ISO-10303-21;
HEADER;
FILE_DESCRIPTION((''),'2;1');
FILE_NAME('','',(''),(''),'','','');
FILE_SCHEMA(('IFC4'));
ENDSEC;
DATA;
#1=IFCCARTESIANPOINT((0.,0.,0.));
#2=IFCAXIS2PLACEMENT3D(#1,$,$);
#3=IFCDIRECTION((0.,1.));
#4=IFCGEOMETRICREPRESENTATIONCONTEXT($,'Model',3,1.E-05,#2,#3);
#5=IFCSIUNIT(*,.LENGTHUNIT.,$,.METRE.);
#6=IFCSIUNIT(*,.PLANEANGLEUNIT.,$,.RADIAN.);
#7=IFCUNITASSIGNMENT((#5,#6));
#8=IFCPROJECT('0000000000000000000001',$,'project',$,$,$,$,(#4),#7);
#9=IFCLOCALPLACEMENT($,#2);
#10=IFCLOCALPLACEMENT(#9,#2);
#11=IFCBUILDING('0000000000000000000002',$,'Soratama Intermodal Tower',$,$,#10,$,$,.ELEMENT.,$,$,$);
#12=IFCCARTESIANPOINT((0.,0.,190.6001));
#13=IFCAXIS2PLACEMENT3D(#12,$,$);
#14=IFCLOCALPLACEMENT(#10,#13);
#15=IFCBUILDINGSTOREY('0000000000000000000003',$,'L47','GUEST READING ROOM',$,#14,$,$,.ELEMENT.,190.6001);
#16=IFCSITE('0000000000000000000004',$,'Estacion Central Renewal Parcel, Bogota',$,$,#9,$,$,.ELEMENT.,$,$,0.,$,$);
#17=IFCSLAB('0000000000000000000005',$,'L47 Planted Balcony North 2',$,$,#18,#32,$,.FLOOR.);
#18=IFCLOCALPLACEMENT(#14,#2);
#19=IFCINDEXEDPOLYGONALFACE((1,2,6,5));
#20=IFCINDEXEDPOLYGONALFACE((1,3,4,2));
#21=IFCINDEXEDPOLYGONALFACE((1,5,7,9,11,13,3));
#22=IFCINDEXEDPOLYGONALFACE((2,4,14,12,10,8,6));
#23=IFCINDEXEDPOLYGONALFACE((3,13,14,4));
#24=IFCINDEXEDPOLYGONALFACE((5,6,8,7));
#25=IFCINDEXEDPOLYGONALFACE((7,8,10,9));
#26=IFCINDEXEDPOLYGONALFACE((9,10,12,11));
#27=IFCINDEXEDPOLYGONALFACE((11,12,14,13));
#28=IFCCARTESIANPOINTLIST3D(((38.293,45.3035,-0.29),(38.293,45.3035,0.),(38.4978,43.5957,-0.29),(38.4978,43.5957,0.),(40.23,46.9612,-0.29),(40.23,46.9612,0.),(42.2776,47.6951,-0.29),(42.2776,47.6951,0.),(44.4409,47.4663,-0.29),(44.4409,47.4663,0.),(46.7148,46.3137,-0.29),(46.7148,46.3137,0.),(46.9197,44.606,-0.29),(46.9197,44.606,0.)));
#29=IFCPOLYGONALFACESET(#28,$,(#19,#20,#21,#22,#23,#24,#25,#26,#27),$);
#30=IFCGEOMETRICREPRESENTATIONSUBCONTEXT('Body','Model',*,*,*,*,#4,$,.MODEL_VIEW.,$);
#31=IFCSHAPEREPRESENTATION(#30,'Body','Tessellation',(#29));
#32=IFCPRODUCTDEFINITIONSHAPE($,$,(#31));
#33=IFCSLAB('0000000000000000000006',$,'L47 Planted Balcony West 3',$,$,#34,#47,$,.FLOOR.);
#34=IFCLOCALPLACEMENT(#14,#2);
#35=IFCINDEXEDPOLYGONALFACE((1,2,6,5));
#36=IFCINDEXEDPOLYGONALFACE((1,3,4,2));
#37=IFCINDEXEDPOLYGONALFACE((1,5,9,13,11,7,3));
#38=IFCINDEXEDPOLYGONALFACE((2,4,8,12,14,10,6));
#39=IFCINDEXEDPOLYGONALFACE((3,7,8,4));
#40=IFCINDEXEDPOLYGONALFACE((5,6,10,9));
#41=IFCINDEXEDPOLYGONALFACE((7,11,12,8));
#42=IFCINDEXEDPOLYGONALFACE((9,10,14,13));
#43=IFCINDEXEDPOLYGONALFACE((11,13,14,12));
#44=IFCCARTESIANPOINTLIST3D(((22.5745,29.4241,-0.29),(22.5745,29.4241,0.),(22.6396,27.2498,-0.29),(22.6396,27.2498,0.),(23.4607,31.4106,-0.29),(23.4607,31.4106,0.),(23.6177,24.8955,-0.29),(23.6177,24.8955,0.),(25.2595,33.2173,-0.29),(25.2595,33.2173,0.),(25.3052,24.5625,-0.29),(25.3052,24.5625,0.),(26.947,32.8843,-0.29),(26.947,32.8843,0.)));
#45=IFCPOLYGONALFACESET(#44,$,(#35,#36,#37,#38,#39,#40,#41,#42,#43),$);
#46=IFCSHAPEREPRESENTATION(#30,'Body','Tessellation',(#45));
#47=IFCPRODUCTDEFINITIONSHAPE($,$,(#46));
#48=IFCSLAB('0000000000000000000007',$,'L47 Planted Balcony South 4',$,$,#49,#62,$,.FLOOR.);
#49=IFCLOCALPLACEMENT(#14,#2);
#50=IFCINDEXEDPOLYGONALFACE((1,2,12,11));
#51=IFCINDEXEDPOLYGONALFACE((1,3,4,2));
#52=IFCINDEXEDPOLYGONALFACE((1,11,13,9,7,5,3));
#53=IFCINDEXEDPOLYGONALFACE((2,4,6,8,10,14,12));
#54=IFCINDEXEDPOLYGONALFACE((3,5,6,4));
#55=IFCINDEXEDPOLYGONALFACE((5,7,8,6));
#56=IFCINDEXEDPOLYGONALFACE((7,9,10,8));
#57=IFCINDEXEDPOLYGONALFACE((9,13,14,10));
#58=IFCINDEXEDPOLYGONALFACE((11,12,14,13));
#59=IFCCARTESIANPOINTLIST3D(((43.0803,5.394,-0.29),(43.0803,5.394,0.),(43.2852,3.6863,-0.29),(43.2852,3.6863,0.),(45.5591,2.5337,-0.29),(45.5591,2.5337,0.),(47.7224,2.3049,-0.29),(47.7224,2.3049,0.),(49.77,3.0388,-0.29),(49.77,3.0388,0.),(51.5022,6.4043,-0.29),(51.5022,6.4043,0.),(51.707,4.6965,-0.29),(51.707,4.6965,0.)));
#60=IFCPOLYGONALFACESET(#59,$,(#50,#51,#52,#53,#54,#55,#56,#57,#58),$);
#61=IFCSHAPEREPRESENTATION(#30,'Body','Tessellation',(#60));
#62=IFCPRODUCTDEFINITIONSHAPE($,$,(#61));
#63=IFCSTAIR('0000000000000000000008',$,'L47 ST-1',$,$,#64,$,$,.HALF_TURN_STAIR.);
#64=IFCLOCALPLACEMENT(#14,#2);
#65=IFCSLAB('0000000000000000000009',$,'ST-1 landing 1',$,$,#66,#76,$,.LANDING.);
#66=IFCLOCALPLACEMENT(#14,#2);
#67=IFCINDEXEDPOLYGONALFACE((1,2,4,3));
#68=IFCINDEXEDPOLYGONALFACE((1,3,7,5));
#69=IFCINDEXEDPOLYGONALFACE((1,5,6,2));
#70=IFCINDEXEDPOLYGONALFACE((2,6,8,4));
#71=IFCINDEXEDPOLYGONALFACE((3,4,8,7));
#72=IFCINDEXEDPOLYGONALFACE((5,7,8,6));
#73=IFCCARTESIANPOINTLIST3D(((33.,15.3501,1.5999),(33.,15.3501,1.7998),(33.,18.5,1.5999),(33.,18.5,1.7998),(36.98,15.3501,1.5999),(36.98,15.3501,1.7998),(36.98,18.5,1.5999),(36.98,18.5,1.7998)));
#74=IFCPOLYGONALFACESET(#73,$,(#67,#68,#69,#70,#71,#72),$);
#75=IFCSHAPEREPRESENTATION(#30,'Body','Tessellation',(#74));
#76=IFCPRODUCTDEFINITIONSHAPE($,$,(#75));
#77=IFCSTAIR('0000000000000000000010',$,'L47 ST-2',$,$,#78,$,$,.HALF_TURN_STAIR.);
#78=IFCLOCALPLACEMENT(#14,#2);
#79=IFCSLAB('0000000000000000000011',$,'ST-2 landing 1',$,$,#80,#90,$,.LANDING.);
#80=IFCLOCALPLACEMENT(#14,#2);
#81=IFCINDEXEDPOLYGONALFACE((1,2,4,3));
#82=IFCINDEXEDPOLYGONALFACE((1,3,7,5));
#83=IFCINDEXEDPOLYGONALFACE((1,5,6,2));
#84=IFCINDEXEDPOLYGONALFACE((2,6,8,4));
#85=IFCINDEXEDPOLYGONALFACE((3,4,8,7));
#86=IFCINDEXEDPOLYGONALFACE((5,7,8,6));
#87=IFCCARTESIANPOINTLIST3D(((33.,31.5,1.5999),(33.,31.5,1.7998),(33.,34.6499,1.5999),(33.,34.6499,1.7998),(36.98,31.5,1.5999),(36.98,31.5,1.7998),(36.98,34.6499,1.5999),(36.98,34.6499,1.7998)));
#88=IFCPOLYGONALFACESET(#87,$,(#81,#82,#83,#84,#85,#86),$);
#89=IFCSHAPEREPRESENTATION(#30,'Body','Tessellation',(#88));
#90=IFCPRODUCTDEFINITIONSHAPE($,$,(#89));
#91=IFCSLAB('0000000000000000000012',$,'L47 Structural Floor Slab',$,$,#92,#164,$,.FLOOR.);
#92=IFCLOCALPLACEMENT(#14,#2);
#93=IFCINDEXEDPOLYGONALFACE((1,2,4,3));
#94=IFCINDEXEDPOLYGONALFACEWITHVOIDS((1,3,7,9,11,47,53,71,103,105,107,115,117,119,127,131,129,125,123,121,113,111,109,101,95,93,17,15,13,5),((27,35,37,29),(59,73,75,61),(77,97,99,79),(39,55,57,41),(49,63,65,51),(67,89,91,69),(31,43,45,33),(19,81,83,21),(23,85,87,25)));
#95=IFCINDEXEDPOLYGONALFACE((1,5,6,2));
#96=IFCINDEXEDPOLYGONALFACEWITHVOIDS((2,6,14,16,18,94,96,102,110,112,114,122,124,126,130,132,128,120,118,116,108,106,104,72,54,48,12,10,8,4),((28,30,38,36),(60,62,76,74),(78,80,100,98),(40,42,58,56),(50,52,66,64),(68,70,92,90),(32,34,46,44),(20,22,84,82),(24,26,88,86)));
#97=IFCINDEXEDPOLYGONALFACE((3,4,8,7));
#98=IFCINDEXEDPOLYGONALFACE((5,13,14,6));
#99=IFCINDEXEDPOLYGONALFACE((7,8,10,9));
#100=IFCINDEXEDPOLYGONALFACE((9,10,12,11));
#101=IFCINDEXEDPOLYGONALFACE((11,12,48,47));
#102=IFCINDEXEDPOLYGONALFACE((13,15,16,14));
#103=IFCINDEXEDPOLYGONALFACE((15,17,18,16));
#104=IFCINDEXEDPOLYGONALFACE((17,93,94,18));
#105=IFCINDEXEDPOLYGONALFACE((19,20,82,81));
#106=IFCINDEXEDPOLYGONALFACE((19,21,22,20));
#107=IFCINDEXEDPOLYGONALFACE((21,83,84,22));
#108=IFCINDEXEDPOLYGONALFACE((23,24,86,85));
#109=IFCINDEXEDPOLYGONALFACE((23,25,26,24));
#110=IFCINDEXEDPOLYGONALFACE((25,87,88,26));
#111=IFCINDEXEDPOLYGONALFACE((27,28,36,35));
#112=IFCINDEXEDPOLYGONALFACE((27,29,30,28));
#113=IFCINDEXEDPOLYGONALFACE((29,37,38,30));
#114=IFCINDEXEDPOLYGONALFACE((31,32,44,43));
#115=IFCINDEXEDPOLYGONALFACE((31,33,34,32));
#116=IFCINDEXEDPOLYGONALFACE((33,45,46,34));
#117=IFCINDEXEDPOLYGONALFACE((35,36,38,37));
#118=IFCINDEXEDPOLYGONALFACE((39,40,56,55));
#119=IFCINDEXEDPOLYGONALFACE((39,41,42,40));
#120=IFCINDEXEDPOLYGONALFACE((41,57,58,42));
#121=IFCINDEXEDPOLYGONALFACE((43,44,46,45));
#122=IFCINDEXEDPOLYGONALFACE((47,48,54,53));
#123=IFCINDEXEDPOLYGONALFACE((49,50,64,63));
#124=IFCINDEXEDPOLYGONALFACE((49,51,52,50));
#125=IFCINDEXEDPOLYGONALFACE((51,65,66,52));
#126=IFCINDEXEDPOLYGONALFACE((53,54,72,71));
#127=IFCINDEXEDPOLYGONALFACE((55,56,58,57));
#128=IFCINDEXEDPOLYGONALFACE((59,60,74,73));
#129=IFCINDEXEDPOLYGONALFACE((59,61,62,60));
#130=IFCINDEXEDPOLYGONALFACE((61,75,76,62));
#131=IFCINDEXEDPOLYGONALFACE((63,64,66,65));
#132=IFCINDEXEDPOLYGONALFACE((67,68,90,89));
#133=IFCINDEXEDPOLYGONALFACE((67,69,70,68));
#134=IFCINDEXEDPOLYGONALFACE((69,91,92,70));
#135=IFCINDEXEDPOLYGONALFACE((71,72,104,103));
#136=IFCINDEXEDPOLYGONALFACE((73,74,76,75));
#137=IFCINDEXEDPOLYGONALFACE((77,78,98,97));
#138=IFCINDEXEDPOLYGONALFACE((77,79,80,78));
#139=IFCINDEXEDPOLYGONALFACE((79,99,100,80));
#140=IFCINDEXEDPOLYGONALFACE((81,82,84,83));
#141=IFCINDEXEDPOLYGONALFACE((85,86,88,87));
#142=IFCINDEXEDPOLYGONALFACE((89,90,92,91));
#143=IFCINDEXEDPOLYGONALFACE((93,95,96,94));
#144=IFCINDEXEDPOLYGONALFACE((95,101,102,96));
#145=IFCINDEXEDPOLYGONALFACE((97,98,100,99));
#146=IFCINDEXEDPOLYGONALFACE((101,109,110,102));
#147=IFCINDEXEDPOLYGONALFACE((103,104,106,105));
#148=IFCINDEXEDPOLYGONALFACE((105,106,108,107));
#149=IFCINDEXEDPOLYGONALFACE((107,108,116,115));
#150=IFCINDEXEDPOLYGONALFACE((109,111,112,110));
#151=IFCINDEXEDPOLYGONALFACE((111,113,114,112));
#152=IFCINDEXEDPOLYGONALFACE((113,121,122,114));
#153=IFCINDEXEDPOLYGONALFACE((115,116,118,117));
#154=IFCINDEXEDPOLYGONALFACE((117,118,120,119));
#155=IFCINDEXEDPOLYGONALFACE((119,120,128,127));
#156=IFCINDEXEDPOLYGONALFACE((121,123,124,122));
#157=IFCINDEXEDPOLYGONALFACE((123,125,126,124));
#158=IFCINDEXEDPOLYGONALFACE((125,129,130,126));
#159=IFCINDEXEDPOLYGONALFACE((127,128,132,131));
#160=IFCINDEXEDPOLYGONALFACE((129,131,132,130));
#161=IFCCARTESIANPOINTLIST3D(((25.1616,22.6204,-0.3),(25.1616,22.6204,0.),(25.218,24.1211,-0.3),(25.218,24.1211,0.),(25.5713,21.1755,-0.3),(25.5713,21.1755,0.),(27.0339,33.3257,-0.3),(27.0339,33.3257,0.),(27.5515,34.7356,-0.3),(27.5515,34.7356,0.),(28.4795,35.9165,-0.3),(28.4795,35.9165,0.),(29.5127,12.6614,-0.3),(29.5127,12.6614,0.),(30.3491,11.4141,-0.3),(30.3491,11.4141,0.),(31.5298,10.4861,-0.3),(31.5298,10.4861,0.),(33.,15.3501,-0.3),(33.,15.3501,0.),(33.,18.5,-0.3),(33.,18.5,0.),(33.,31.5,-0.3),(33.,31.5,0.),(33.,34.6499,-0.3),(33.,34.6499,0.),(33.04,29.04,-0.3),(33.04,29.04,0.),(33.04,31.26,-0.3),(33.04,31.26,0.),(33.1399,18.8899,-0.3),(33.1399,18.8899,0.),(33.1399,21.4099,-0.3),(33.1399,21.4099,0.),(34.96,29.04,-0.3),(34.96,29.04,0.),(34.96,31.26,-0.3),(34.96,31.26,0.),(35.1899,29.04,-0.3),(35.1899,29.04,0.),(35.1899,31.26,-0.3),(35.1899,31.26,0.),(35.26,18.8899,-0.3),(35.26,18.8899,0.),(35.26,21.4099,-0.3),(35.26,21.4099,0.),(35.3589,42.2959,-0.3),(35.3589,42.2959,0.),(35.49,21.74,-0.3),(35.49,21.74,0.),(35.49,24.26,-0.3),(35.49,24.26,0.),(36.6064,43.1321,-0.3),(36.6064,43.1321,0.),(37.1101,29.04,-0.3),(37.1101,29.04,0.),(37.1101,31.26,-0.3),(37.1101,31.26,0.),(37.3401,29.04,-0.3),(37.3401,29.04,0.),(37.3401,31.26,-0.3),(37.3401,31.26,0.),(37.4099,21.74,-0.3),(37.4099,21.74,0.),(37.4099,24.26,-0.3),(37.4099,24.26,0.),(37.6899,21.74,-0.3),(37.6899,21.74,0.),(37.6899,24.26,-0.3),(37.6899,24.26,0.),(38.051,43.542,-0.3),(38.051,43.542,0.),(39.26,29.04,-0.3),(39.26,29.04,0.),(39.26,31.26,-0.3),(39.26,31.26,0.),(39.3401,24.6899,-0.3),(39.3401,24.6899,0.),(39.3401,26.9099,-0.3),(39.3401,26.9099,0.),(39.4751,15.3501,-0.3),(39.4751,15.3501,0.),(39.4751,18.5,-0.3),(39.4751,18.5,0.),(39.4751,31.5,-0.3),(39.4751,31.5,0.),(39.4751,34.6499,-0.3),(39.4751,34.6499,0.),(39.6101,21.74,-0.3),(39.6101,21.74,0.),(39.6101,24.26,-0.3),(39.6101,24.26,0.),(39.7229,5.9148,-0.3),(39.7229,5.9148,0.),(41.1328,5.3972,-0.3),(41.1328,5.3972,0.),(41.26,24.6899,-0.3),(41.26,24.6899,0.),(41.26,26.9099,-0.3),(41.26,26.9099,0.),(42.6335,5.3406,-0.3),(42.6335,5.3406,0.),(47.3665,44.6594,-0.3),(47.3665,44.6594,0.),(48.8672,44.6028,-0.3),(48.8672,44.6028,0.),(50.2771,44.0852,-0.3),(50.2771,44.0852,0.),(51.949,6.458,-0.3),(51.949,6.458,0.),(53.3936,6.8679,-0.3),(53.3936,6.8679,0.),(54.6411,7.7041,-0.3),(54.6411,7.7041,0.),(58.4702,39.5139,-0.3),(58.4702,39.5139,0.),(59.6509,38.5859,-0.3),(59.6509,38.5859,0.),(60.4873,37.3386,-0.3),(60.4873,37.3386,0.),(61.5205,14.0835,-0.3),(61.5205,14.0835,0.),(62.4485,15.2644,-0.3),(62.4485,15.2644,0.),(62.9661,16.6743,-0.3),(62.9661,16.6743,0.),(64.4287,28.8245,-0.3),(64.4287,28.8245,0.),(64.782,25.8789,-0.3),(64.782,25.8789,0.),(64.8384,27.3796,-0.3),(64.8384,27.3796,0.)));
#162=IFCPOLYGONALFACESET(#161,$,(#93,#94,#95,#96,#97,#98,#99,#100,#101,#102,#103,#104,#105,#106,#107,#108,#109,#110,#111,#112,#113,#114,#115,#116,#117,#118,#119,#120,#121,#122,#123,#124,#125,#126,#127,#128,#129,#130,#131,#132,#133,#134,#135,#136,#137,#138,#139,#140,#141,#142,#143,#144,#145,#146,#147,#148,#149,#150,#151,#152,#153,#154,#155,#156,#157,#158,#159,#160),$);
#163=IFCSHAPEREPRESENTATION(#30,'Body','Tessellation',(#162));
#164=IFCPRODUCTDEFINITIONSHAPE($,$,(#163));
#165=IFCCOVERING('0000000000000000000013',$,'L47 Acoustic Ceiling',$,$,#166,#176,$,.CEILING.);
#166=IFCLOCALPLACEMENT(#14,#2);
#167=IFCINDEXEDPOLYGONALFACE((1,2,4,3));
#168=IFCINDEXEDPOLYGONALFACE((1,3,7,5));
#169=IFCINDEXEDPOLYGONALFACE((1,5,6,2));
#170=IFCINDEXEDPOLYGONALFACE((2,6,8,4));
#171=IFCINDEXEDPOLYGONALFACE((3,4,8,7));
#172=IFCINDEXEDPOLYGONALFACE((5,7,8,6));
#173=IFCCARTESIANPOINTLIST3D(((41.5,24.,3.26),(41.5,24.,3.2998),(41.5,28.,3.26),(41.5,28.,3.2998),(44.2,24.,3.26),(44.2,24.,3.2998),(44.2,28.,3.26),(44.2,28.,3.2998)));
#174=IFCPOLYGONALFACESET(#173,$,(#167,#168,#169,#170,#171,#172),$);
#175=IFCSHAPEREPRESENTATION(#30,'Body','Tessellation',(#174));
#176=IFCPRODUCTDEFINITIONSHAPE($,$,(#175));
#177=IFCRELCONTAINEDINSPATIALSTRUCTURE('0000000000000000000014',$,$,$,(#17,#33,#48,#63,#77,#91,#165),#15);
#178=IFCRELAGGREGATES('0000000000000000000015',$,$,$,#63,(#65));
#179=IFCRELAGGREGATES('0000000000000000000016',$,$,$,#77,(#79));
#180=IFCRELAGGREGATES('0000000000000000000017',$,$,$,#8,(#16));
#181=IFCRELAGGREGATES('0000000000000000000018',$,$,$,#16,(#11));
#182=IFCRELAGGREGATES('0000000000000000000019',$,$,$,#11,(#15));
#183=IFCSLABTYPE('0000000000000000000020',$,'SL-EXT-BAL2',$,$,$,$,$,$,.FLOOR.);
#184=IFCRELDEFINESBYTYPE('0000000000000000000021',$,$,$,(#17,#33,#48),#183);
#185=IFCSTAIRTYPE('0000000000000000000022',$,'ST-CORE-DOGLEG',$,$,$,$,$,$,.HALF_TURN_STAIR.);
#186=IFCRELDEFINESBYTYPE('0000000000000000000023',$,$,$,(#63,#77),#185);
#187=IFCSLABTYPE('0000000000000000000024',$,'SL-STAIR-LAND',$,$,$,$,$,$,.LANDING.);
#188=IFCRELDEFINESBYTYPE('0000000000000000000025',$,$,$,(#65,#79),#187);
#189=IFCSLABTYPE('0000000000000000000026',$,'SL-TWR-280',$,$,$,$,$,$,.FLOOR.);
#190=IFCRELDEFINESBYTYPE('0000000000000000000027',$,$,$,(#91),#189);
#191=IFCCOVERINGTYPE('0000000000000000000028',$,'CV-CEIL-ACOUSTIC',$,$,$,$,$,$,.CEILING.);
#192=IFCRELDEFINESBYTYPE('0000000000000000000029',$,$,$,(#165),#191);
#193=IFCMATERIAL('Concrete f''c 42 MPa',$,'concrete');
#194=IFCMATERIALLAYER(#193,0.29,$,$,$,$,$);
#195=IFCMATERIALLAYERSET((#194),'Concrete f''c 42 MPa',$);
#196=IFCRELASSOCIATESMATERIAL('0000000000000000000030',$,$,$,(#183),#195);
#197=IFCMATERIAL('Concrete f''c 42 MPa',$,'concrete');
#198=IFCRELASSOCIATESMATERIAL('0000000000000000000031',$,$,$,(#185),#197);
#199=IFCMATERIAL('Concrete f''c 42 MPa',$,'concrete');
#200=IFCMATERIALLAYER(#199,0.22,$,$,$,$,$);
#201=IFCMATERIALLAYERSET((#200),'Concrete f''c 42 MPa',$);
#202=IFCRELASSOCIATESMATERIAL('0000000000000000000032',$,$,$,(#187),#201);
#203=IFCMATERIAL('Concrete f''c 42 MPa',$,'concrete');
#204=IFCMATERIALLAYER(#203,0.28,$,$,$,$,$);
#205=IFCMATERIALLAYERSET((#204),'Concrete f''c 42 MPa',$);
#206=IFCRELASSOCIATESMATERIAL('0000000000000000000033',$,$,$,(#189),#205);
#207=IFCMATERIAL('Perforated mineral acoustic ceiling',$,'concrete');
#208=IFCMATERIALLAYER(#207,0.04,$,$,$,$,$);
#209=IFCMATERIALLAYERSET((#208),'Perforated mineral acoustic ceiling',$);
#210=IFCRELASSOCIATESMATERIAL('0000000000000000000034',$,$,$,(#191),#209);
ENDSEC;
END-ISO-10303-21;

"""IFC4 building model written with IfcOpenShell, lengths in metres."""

from ifc_helpers import new_model, si_unit, direction, frame, origin, place, context, subcontext, project, spatial, polyline, outline, extrude, material, layer, layer_set, type_object, element, aggregate, save


model = new_model("IFC4")

# Units and contexts
model_context = context("Model", 3, precision=1e-05, world=origin(), true_north=direction((0.0, 1.0)))
body_context = subcontext(model_context, "Body", "Model", "MODEL_VIEW")
ifc_project = project(units=[si_unit("LENGTHUNIT", "METRE"), si_unit("PLANEANGLEUNIT", "RADIAN")], contexts=[model_context])

# Site, building, storey
site_placement = place(None, origin())
site = spatial("IfcSite", under=ifc_project, at=site_placement, Name="Estacion Central Renewal Parcel, Bogota", CompositionType="ELEMENT", RefElevation=0.0)
building_placement = place(site_placement, origin())
building = spatial("IfcBuilding", under=site, at=building_placement, Name="Soratama Intermodal Tower", CompositionType="ELEMENT")
storey_placement = place(building_placement, frame((0.0, 0.0, 190.6001)))
storey = spatial("IfcBuildingStorey", under=building, at=storey_placement, Name="L47", Description="GUEST READING ROOM", CompositionType="ELEMENT", Elevation=190.6001)

# Slabs
ifc_material_1 = material(Name="Concrete f'c 42 MPa", Category="concrete")
ifc_layer_1 = layer(ifc_material_1, 0.29)
ifc_layer_set_1 = layer_set([ifc_layer_1], Name="Concrete f'c 42 MPa")
slab_type_1 = type_object("IfcSlabType", Name="SL-EXT-BAL2", PredefinedType="FLOOR", material=ifc_layer_set_1)
slab_1_placement = place(storey_placement, frame((0.0, 0.0, -0.29)))
element("IfcSlab", 1, at=slab_1_placement, inside=storey, type_object=slab_type_1, Name="L47 Planted Balcony North 2", PredefinedType="FLOOR", context=body_context, shape_type="SweptSolid", body=[
    extrude(outline(polyline([(46.9197, 44.606), (38.4978, 43.5957), (38.293, 45.3035), (40.23, 46.9612), (42.2776, 47.6951), (44.4409, 47.4663), (46.7148, 46.3137), (46.9197, 44.606)])), origin(), (0.0, 0.0, 1.0), 0.29),
])
slab_2_placement = place(storey_placement, frame((0.0, 0.0, -0.29)))
element("IfcSlab", 2, at=slab_2_placement, inside=storey, type_object=slab_type_1, Name="L47 Planted Balcony West 3", PredefinedType="FLOOR", context=body_context, shape_type="SweptSolid", body=[
    extrude(outline(polyline([(26.947, 32.8843), (25.3052, 24.5625), (23.6177, 24.8955), (22.6396, 27.2498), (22.5745, 29.4241), (23.4607, 31.4106), (25.2595, 33.2173), (26.947, 32.8843)])), origin(), (0.0, 0.0, 1.0), 0.29),
])
slab_3_placement = place(storey_placement, frame((0.0, 0.0, -0.29)))
element("IfcSlab", 3, at=slab_3_placement, inside=storey, type_object=slab_type_1, Name="L47 Planted Balcony South 4", PredefinedType="FLOOR", context=body_context, shape_type="SweptSolid", body=[
    extrude(outline(polyline([(43.0803, 5.394), (51.5022, 6.4043), (51.707, 4.6965), (49.77, 3.0388), (47.7224, 2.3049), (45.5591, 2.5337), (43.2852, 3.6863), (43.0803, 5.394)])), origin(), (0.0, 0.0, 1.0), 0.29),
])

# Stairs, slabs
ifc_material_2 = material(Name="Concrete f'c 42 MPa", Category="concrete")
stair_type = type_object("IfcStairType", Name="ST-CORE-DOGLEG", PredefinedType="HALF_TURN_STAIR", material=ifc_material_2)
stair_1_placement = place(storey_placement, origin())
stair_1 = element("IfcStair", 4, at=stair_1_placement, inside=storey, type_object=stair_type, Name="L47 ST-1", PredefinedType="HALF_TURN_STAIR")
ifc_material_3 = material(Name="Concrete f'c 42 MPa", Category="concrete")
ifc_layer_2 = layer(ifc_material_3, 0.22)
ifc_layer_set_2 = layer_set([ifc_layer_2], Name="Concrete f'c 42 MPa")
slab_type_2 = type_object("IfcSlabType", Name="SL-STAIR-LAND", PredefinedType="LANDING", material=ifc_layer_set_2)
slab_4_placement = place(storey_placement, frame((0.0, 0.0, 1.5999)))
slab_4 = element("IfcSlab", 5, at=slab_4_placement, type_object=slab_type_2, Name="ST-1 landing 1", PredefinedType="LANDING", context=body_context, shape_type="SweptSolid", body=[
    extrude(outline(polyline([(36.98, 18.5), (33.0, 18.5), (33.0, 15.3501), (36.98, 15.3501), (36.98, 18.5)])), origin(), (0.0, 0.0, 1.0), 0.2),
])
aggregate(stair_1, [slab_4])
stair_2_placement = place(storey_placement, origin())
stair_2 = element("IfcStair", 6, at=stair_2_placement, inside=storey, type_object=stair_type, Name="L47 ST-2", PredefinedType="HALF_TURN_STAIR")
slab_5_placement = place(storey_placement, frame((0.0, 0.0, 1.5999)))
slab_5 = element("IfcSlab", 7, at=slab_5_placement, type_object=slab_type_2, Name="ST-2 landing 1", PredefinedType="LANDING", context=body_context, shape_type="SweptSolid", body=[
    extrude(outline(polyline([(36.98, 34.6499), (33.0, 34.6499), (33.0, 31.5), (36.98, 31.5), (36.98, 34.6499)])), origin(), (0.0, 0.0, 1.0), 0.2),
])
aggregate(stair_2, [slab_5])

# Slab
ifc_material_4 = material(Name="Concrete f'c 42 MPa", Category="concrete")
ifc_layer_3 = layer(ifc_material_4, 0.28)
ifc_layer_set_3 = layer_set([ifc_layer_3], Name="Concrete f'c 42 MPa")
slab_type_3 = type_object("IfcSlabType", Name="SL-TWR-280", PredefinedType="FLOOR", material=ifc_layer_set_3)
slab_6_placement = place(storey_placement, frame((0.0, 0.0, -0.3)))
element("IfcSlab", 8, at=slab_6_placement, inside=storey, type_object=slab_type_3, Name="L47 Structural Floor Slab", PredefinedType="FLOOR", context=body_context, shape_type="SweptSolid", body=[
    extrude(outline(polyline([(60.4873, 37.3386), (59.6509, 38.5859), (58.4702, 39.5139), (50.2771, 44.0852), (48.8672, 44.6028), (47.3665, 44.6594), (38.051, 43.542), (36.6064, 43.1321), (35.3589, 42.2959), (28.4795, 35.9165), (27.5515, 34.7356), (27.0339, 33.3257), (25.218, 24.1211), (25.1616, 22.6204), (25.5713, 21.1755), (29.5127, 12.6614), (30.3491, 11.4141), (31.5298, 10.4861), (39.7229, 5.9148), (41.1328, 5.3972), (42.6335, 5.3406), (51.949, 6.458), (53.3936, 6.8679), (54.6411, 7.7041), (61.5205, 14.0835), (62.4485, 15.2644), (62.9661, 16.6743), (64.782, 25.8789), (64.8384, 27.3796), (64.4287, 28.8245), (60.4873, 37.3386)]), holes=[polyline([(33.0, 18.5), (33.0, 15.3501), (39.4751, 15.3501), (39.4751, 18.5), (33.0, 18.5)]), polyline([(35.26, 21.4099), (33.1399, 21.4099), (33.1399, 18.8899), (35.26, 18.8899), (35.26, 21.4099)]), polyline([(37.4099, 24.26), (35.49, 24.26), (35.49, 21.74), (37.4099, 21.74), (37.4099, 24.26)]), polyline([(39.6101, 24.26), (37.6899, 24.26), (37.6899, 21.74), (39.6101, 21.74), (39.6101, 24.26)]), polyline([(41.26, 26.9099), (39.3401, 26.9099), (39.3401, 24.6899), (41.26, 24.6899), (41.26, 26.9099)]), polyline([(34.96, 31.26), (33.04, 31.26), (33.04, 29.04), (34.96, 29.04), (34.96, 31.26)]), polyline([(37.1101, 31.26), (35.1899, 31.26), (35.1899, 29.04), (37.1101, 29.04), (37.1101, 31.26)]), polyline([(39.26, 29.04), (39.26, 31.26), (37.3401, 31.26), (37.3401, 29.04), (39.26, 29.04)]), polyline([(39.4751, 34.6499), (33.0, 34.6499), (33.0, 31.5), (39.4751, 31.5), (39.4751, 34.6499)])]), origin(), (0.0, 0.0, 1.0), 0.3),
])

# Covering
ifc_material_5 = material(Name="Perforated mineral acoustic ceiling", Category="concrete")
ifc_layer_4 = layer(ifc_material_5, 0.04)
ifc_layer_set_4 = layer_set([ifc_layer_4], Name="Perforated mineral acoustic ceiling")
covering_type_1 = type_object("IfcCoveringType", Name="CV-CEIL-ACOUSTIC", PredefinedType="CEILING", material=ifc_layer_set_4)
covering_1_placement = place(storey_placement, frame((0.0, 0.0, 3.26)))
element("IfcCovering", 9, at=covering_1_placement, inside=storey, type_object=covering_type_1, Name="L47 Acoustic Ceiling", PredefinedType="CEILING", context=body_context, shape_type="SweptSolid", body=[
    extrude(outline(polyline([(41.5, 24.0), (44.2, 24.0), (44.2, 28.0), (41.5, 28.0), (41.5, 24.0)])), origin(), (0.0, 0.0, 1.0), 0.0398),
])

save(model, "model.ifc")
